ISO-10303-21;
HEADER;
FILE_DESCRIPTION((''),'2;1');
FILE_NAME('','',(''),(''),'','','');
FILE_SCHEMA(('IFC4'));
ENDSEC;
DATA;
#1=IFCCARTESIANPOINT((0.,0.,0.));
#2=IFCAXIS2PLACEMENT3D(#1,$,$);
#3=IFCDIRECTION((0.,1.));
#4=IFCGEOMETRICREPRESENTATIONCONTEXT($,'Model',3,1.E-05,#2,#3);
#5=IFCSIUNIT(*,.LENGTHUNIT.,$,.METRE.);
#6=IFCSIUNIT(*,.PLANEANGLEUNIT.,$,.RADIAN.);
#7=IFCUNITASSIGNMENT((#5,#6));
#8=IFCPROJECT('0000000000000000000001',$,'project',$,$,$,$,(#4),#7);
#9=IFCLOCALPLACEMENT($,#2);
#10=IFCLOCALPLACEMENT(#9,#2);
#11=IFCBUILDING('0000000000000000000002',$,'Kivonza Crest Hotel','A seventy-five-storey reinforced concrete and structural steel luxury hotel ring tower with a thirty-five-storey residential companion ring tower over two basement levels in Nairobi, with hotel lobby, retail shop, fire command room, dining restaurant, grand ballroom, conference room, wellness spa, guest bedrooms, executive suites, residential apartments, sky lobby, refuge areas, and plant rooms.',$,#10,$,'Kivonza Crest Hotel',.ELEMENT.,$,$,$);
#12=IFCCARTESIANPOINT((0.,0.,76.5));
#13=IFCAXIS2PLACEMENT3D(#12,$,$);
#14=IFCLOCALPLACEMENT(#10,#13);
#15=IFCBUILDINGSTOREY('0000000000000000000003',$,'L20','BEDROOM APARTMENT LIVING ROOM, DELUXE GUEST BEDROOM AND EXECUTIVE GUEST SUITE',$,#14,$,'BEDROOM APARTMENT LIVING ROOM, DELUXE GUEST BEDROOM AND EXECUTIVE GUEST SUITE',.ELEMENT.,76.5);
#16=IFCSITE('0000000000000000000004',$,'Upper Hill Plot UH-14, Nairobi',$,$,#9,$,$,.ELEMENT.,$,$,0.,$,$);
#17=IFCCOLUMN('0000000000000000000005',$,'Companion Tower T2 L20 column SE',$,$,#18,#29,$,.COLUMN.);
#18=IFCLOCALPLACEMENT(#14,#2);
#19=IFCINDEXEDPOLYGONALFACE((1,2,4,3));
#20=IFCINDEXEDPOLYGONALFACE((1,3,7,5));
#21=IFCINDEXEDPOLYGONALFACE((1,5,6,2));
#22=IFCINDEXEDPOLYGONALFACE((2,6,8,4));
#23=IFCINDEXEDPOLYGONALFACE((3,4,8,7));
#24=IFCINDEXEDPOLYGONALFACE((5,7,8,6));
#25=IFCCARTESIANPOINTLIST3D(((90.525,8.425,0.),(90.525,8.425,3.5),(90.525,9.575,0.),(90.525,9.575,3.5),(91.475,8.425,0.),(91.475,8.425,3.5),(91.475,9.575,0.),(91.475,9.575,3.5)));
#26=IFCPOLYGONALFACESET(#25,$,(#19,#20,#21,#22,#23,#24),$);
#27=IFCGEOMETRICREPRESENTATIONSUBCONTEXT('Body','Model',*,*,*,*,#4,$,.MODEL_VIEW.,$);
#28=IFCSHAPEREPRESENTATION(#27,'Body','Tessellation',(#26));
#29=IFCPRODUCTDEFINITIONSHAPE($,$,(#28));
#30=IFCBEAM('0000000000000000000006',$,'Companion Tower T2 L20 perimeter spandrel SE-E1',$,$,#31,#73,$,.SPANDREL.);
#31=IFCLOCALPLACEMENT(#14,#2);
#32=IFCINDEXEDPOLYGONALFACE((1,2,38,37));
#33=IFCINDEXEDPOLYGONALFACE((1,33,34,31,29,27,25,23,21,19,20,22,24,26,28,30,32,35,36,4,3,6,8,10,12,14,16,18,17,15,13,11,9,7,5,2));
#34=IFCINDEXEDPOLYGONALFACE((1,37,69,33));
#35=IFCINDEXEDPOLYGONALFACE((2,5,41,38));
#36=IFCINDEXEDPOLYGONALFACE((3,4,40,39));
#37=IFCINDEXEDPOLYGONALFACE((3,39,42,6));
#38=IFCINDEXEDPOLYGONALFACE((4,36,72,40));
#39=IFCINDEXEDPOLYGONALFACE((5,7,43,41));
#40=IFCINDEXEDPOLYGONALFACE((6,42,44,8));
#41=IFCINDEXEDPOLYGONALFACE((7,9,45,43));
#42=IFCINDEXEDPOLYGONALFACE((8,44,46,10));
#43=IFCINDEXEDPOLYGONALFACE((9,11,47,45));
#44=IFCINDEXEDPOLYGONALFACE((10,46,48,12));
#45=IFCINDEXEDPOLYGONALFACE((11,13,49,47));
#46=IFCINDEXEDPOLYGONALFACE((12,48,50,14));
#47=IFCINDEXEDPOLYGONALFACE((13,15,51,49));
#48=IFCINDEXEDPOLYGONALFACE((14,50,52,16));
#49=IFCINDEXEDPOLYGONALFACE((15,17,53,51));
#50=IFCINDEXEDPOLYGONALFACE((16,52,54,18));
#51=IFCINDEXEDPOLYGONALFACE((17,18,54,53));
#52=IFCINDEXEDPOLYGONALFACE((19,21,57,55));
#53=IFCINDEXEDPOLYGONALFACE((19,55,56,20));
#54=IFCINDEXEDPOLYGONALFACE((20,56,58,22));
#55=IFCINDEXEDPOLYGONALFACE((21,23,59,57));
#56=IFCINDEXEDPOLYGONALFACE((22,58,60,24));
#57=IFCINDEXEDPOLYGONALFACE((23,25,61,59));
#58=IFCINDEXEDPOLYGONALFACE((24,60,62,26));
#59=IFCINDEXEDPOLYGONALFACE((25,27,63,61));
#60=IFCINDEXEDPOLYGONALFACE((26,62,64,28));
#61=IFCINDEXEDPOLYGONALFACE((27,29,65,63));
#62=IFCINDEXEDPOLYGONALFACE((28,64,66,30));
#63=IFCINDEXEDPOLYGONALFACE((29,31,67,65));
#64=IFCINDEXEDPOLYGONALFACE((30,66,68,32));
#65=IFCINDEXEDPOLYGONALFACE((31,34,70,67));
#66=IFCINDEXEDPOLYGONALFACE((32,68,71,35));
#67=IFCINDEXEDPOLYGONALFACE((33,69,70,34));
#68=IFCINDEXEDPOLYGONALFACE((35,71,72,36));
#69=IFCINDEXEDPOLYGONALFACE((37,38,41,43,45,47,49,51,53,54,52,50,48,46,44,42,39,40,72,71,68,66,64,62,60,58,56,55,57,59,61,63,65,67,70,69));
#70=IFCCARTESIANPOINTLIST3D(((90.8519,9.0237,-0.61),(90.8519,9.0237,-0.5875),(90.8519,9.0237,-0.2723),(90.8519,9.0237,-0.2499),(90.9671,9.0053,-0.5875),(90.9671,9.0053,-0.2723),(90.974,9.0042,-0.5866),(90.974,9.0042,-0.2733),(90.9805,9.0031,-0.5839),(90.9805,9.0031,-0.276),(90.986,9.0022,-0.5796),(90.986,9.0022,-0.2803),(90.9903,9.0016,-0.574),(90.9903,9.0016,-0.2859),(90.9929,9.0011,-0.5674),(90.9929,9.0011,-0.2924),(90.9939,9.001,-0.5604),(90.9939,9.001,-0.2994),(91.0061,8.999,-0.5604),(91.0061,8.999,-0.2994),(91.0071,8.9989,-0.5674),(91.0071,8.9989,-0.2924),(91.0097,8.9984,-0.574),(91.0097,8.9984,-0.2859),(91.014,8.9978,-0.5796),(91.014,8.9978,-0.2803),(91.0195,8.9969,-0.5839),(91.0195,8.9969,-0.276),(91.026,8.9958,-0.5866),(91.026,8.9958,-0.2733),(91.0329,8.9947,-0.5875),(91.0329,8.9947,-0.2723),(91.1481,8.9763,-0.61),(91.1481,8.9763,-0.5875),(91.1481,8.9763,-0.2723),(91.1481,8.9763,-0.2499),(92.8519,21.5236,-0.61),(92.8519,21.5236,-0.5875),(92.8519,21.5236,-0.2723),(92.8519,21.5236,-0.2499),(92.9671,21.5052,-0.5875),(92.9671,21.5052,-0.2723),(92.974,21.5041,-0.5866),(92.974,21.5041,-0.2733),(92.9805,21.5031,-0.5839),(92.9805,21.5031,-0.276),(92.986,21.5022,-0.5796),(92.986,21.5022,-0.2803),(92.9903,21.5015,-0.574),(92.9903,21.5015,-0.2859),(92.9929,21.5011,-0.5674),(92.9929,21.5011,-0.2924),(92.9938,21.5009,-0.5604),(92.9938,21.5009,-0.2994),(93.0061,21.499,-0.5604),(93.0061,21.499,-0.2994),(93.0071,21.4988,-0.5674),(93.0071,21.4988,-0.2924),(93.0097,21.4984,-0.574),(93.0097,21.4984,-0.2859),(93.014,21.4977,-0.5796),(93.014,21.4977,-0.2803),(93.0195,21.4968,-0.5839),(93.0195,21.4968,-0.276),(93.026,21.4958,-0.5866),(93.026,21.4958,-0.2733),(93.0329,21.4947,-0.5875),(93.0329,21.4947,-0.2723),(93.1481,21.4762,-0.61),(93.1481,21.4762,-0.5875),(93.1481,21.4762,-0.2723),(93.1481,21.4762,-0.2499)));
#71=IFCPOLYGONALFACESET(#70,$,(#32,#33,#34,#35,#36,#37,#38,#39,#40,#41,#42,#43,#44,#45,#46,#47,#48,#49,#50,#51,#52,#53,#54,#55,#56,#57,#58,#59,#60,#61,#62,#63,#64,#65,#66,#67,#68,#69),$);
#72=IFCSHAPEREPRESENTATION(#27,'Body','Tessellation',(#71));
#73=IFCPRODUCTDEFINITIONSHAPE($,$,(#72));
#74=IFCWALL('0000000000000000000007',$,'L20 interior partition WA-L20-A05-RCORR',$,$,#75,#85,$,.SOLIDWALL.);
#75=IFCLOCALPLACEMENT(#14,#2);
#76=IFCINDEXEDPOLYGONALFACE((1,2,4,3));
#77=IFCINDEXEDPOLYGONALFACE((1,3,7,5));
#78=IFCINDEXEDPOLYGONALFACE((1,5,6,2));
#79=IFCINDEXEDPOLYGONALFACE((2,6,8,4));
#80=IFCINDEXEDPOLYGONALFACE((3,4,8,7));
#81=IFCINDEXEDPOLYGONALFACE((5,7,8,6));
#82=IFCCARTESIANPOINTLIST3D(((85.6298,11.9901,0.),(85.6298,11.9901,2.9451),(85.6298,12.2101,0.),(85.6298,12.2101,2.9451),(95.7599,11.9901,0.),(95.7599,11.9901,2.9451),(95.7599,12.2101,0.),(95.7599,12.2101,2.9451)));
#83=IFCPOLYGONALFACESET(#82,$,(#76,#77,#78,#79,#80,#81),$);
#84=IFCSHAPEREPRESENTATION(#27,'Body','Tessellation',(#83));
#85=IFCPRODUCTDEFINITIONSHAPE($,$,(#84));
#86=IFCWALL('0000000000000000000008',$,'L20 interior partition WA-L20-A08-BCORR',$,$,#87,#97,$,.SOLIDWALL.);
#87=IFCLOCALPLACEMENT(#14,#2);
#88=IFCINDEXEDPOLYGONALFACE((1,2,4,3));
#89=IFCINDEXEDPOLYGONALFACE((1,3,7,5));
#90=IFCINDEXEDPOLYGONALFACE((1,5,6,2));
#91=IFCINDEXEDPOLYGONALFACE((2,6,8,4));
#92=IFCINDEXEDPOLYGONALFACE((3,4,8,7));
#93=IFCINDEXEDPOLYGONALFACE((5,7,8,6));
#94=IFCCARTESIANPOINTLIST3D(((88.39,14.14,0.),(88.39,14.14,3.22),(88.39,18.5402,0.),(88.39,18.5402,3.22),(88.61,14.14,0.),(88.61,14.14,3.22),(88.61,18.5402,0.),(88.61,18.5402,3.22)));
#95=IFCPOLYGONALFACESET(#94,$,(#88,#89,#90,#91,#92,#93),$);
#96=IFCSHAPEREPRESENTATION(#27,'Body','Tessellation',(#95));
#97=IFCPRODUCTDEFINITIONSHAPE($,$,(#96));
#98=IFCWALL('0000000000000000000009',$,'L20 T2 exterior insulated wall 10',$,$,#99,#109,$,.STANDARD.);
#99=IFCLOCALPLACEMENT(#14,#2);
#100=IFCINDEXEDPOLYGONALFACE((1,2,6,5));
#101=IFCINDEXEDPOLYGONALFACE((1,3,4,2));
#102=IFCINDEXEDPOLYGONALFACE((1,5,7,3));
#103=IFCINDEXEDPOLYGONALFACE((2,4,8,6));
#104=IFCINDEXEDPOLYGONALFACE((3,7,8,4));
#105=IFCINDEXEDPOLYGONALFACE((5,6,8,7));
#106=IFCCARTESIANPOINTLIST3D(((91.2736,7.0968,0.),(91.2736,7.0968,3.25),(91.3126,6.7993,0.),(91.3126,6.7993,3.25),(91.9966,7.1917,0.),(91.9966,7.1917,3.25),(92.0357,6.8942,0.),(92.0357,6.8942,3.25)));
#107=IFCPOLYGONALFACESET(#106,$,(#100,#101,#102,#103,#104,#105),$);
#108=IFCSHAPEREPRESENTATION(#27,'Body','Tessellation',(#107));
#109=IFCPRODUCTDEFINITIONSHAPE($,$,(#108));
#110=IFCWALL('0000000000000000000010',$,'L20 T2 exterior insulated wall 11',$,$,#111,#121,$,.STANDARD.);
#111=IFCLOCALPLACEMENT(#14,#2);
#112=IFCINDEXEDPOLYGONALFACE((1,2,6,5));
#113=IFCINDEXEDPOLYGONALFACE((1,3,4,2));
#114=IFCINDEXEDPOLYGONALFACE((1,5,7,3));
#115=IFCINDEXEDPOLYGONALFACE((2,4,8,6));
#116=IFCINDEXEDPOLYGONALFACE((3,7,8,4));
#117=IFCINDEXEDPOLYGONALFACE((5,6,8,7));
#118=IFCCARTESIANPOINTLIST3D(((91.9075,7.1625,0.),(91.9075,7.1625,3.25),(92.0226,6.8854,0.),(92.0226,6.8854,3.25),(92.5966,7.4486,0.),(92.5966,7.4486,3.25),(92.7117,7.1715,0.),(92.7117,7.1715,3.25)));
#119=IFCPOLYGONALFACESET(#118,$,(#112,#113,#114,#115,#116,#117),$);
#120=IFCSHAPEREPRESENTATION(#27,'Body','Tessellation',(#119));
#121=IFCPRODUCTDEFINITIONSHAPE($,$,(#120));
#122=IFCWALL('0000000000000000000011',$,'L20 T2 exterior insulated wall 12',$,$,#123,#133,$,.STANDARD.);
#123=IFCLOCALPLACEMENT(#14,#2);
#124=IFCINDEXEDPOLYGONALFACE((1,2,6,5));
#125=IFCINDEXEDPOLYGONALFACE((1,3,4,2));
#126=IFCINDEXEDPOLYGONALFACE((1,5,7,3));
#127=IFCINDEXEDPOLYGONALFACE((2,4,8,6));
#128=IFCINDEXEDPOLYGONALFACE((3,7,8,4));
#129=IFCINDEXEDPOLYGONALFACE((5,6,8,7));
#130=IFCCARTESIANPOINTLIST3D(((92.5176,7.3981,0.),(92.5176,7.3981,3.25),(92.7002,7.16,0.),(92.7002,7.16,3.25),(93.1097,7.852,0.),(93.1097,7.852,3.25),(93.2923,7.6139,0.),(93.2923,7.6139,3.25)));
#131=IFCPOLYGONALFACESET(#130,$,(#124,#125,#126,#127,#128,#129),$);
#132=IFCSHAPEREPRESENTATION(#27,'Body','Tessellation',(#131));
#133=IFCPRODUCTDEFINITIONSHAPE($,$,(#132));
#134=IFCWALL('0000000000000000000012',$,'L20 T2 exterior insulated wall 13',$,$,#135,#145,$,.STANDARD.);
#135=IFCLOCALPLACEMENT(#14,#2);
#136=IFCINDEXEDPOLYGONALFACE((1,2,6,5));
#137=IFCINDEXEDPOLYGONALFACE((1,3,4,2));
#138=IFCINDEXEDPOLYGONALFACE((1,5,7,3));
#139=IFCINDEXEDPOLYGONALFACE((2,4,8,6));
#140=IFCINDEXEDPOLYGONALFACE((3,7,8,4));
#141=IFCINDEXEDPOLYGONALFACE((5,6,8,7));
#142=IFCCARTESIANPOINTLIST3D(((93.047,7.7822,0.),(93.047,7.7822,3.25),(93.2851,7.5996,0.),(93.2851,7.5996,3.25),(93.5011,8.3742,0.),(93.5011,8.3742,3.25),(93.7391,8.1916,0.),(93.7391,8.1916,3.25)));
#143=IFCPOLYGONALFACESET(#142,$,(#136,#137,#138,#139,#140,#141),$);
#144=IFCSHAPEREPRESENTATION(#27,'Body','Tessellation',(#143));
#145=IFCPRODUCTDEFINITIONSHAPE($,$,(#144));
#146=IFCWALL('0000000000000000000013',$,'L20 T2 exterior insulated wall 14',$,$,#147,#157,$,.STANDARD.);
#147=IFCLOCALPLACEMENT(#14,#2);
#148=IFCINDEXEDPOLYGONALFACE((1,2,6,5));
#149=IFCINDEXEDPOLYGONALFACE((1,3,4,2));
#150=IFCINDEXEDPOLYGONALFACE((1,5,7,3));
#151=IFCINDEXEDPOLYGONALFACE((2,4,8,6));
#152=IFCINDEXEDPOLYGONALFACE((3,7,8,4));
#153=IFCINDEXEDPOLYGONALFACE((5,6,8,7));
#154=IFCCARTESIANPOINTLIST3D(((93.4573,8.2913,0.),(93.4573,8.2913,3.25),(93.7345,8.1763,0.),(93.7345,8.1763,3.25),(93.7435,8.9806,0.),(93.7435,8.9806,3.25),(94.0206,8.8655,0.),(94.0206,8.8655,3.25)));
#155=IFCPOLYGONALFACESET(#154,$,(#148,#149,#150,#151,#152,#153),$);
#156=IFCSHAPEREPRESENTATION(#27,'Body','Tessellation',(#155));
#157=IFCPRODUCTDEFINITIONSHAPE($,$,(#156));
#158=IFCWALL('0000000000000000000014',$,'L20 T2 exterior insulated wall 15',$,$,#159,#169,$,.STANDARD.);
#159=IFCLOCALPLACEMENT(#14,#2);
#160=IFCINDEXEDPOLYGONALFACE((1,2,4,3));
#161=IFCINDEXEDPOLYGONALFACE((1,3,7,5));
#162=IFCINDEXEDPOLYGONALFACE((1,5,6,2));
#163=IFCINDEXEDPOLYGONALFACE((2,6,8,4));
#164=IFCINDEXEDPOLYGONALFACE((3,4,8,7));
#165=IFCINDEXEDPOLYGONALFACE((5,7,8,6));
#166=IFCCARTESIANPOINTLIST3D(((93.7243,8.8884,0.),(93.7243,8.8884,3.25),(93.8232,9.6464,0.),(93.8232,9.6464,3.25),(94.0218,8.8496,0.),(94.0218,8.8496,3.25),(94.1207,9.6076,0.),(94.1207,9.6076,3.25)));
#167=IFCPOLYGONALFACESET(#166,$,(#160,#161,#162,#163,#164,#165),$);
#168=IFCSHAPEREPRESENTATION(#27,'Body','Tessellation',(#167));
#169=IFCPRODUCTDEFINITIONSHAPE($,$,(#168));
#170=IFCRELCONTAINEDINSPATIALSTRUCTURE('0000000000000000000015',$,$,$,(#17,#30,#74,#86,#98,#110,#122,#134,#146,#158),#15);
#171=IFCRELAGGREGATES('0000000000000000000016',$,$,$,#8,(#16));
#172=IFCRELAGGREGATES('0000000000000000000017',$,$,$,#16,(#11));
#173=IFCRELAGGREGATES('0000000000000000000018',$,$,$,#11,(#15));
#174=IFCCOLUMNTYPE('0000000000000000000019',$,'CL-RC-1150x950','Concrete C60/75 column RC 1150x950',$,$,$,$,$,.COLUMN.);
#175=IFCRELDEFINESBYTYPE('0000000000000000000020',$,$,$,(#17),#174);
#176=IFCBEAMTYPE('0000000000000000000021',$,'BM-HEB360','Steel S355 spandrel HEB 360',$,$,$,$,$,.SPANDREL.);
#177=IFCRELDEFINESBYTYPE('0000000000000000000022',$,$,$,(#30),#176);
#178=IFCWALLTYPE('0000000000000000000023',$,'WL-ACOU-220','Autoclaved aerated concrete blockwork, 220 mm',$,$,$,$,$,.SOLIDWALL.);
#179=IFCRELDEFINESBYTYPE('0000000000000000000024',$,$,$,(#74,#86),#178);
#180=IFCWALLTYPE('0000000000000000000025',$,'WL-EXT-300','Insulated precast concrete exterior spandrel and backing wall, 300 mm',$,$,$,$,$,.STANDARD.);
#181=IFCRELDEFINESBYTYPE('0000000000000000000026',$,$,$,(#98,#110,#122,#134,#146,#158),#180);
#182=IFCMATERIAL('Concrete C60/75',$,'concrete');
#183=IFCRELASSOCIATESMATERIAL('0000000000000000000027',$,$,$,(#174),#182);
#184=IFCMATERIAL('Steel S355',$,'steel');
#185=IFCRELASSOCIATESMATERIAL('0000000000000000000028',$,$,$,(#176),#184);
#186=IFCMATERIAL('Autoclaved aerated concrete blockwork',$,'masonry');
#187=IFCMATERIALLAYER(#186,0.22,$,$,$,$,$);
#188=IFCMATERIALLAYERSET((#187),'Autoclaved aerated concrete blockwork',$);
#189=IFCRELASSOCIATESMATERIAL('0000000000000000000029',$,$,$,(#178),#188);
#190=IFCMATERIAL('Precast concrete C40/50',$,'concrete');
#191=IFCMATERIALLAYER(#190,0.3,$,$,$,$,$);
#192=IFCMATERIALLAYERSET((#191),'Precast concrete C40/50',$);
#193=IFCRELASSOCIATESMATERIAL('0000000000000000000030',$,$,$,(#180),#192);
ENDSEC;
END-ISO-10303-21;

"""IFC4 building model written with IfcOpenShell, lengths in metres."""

from ifc_helpers import new_model, si_unit, direction, frame, frame_2d, origin, origin_2d, place, context, subcontext, project, spatial, rectangle, i_section, extrude, material, layer, layer_set, material_profile, profile_set, type_object, element, save


model = new_model("IFC4")

# Units and contexts
model_context = context("Model", 3, precision=1e-05, world=origin(), true_north=direction((0.0, 1.0)))
body_context = subcontext(model_context, "Body", "Model", "MODEL_VIEW")
ifc_project = project(units=[si_unit("LENGTHUNIT", "METRE"), si_unit("PLANEANGLEUNIT", "RADIAN")], contexts=[model_context])

# Site, building, storey
site_placement = place(None, origin())
site = spatial("IfcSite", under=ifc_project, at=site_placement, Name="Upper Hill Plot UH-14, Nairobi", CompositionType="ELEMENT", RefElevation=0.0)
building_placement = place(site_placement, origin())
building = spatial("IfcBuilding", under=site, at=building_placement, Name="Kivonza Crest Hotel", Description="A seventy-five-storey reinforced concrete and structural steel luxury hotel ring tower with a thirty-five-storey residential companion ring tower over two basement levels in Nairobi, with hotel lobby, retail shop, fire command room, dining restaurant, grand ballroom, conference room, wellness spa, guest bedrooms, executive suites, residential apartments, sky lobby, refuge areas, and plant rooms.", LongName="Kivonza Crest Hotel", CompositionType="ELEMENT")
storey_placement = place(building_placement, frame((0.0, 0.0, 76.5)))
storey = spatial("IfcBuildingStorey", under=building, at=storey_placement, Name="L20", Description="BEDROOM APARTMENT LIVING ROOM, DELUXE GUEST BEDROOM AND EXECUTIVE GUEST SUITE", LongName="BEDROOM APARTMENT LIVING ROOM, DELUXE GUEST BEDROOM AND EXECUTIVE GUEST SUITE", CompositionType="ELEMENT", Elevation=76.5)

# Column
ifc_material_1 = material(Name="Concrete C60/75", Category="concrete")
ifc_material_profile_1 = material_profile(ifc_material_1, rectangle(XDim=0.95, YDim=1.1499, at=origin_2d()), Name="RC 1150x950")
ifc_profile_set_1 = profile_set([ifc_material_profile_1], Name="Concrete C60/75")
column_type = type_object("IfcColumnType", Name="CL-RC-1150x950", Description="Concrete C60/75 column RC 1150x950", PredefinedType="COLUMN", material=ifc_profile_set_1)
column_placement = place(storey_placement, frame((91.0, 9.0, 0.0), z_axis=(0.0, 0.0, 1.0), x_axis=(1.0, 0.0, 0.0)))
element("IfcColumn", 1, at=column_placement, inside=storey, type_object=column_type, Name="Companion Tower T2 L20 column SE", PredefinedType="COLUMN", context=body_context, shape_type="SweptSolid", body=[
    extrude(rectangle(XDim=0.95, YDim=1.1499, at=origin_2d()), origin(), (0.0, 0.0, 1.0), 3.5),
])

# Beam
ifc_material_2 = material(Name="Steel S355", Category="steel")
ifc_material_profile_2 = material_profile(ifc_material_2, i_section(OverallWidth=0.3, OverallDepth=0.3601, WebThickness=0.0125, FlangeThickness=0.0225, FilletRadius=0.0271, at=origin_2d()), Name="HEB 360")
ifc_profile_set_2 = profile_set([ifc_material_profile_2], Name="Steel S355")
beam_type = type_object("IfcBeamType", Name="BM-HEB360", Description="Steel S355 spandrel HEB 360", PredefinedType="SPANDREL", material=ifc_profile_set_2)
beam_placement = place(storey_placement, frame((91.0, 9.0, -0.4299), z_axis=(0.157991, 0.987441, 0.0), x_axis=(-0.987441, 0.157991, 0.0)))
element("IfcBeam", 2, at=beam_placement, inside=storey, type_object=beam_type, Name="Companion Tower T2 L20 perimeter spandrel SE-E1", PredefinedType="SPANDREL", context=body_context, shape_type="SweptSolid", body=[
    extrude(i_section(OverallWidth=0.3, OverallDepth=0.3601, WebThickness=0.0125, FlangeThickness=0.0225, FilletRadius=0.0271, at=origin_2d()), origin(), (0.0, 0.0, 1.0), 12.6589),
])

# Walls
ifc_material_3 = material(Name="Autoclaved aerated concrete blockwork", Category="masonry")
ifc_layer_1 = layer(ifc_material_3, 0.22)
ifc_layer_set_1 = layer_set([ifc_layer_1], Name="Autoclaved aerated concrete blockwork")
wall_type_1 = type_object("IfcWallType", Name="WL-ACOU-220", Description="Autoclaved aerated concrete blockwork, 220 mm", PredefinedType="SOLIDWALL", material=ifc_layer_set_1)
wall_1_placement = place(storey_placement, frame((85.6299, 12.1001, 0.0), z_axis=(0.0, 0.0, 1.0), x_axis=(1.0, 0.0, 0.0)))
element("IfcWall", 3, at=wall_1_placement, inside=storey, type_object=wall_type_1, Name="L20 interior partition WA-L20-A05-RCORR", PredefinedType="SOLIDWALL", context=body_context, shape_type="SweptSolid", body=[
    extrude(rectangle(XDim=10.1301, YDim=0.22, at=frame_2d((5.0649, 0.0))), origin(), (0.0, 0.0, 1.0), 2.9451),
])
wall_2_placement = place(storey_placement, frame((88.5, 14.1399, 0.0), z_axis=(0.0, 0.0, 1.0), x_axis=(0.0, 1.0, 0.0)))
element("IfcWall", 4, at=wall_2_placement, inside=storey, type_object=wall_type_1, Name="L20 interior partition WA-L20-A08-BCORR", PredefinedType="SOLIDWALL", context=body_context, shape_type="SweptSolid", body=[
    extrude(rectangle(XDim=4.4001, YDim=0.22, at=frame_2d((2.2002, 0.0))), origin(), (0.0, 0.0, 1.0), 3.22),
])
ifc_material_4 = material(Name="Precast concrete C40/50", Category="concrete")
ifc_layer_2 = layer(ifc_material_4, 0.3)
ifc_layer_set_2 = layer_set([ifc_layer_2], Name="Precast concrete C40/50")
wall_type_2 = type_object("IfcWallType", Name="WL-EXT-300", Description="Insulated precast concrete exterior spandrel and backing wall, 300 mm", PredefinedType="STANDARD", material=ifc_layer_set_2)
wall_3_placement = place(storey_placement, frame((91.293, 6.948, 0.0), z_axis=(0.0, 0.0, 1.0), x_axis=(0.991486, 0.130212, 0.0)))
element("IfcWall", 5, at=wall_3_placement, inside=storey, type_object=wall_type_2, Name="L20 T2 exterior insulated wall 10", PredefinedType="STANDARD", context=body_context, shape_type="SweptSolid", body=[
    extrude(rectangle(XDim=0.7292, YDim=0.3, at=frame_2d((0.3647, 0.0))), origin(), (0.0, 0.0, 1.0), 3.25),
])
for number, where, z_axis, x_axis, name in (
    (6, (91.9651, 7.0239, 0.0), (0.0, 0.0, 1.0), (0.923522, 0.383546, 0.0), "L20 T2 exterior insulated wall 11"),
    (7, (92.6089, 7.2791, 0.0), (0.0, 0.0, 1.0), (0.793633, 0.608397, 0.0), "L20 T2 exterior insulated wall 12"),
    (8, (93.166, 7.6909, 0.0), (0.0, 0.0, 1.0), (0.608603, 0.793475, 0.0), "L20 T2 exterior insulated wall 13"),
):
    element("IfcWall", number, at=place(storey_placement, frame(where, z_axis=z_axis, x_axis=x_axis)), inside=storey, type_object=wall_type_2, Name=name, PredefinedType="STANDARD", context=body_context, shape_type="SweptSolid", body=[
        extrude(rectangle(XDim=0.7461, YDim=0.3, at=frame_2d((0.373, 0.0))), origin(), (0.0, 0.0, 1.0), 3.25),
    ])
wall_4_placement = place(storey_placement, frame((93.5959, 8.2339, 0.0), z_axis=(0.0, 0.0, 1.0), x_axis=(0.38343, 0.92357, 0.0)))
element("IfcWall", 9, at=wall_4_placement, inside=storey, type_object=wall_type_2, Name="L20 T2 exterior insulated wall 14", PredefinedType="STANDARD", context=body_context, shape_type="SweptSolid", body=[
    extrude(rectangle(XDim=0.7463, YDim=0.3, at=frame_2d((0.373, 0.0))), origin(), (0.0, 0.0, 1.0), 3.25),
])
wall_5_placement = place(storey_placement, frame((93.873, 8.8689, 0.0), z_axis=(0.0, 0.0, 1.0), x_axis=(0.129339, 0.9916, 0.0)))
element("IfcWall", 10, at=wall_5_placement, inside=storey, type_object=wall_type_2, Name="L20 T2 exterior insulated wall 15", PredefinedType="STANDARD", context=body_context, shape_type="SweptSolid", body=[
    extrude(rectangle(XDim=0.7644, YDim=0.3, at=frame_2d((0.3823, 0.0))), origin(), (0.0, 0.0, 1.0), 3.25),
])

save(model, "model.ifc")
